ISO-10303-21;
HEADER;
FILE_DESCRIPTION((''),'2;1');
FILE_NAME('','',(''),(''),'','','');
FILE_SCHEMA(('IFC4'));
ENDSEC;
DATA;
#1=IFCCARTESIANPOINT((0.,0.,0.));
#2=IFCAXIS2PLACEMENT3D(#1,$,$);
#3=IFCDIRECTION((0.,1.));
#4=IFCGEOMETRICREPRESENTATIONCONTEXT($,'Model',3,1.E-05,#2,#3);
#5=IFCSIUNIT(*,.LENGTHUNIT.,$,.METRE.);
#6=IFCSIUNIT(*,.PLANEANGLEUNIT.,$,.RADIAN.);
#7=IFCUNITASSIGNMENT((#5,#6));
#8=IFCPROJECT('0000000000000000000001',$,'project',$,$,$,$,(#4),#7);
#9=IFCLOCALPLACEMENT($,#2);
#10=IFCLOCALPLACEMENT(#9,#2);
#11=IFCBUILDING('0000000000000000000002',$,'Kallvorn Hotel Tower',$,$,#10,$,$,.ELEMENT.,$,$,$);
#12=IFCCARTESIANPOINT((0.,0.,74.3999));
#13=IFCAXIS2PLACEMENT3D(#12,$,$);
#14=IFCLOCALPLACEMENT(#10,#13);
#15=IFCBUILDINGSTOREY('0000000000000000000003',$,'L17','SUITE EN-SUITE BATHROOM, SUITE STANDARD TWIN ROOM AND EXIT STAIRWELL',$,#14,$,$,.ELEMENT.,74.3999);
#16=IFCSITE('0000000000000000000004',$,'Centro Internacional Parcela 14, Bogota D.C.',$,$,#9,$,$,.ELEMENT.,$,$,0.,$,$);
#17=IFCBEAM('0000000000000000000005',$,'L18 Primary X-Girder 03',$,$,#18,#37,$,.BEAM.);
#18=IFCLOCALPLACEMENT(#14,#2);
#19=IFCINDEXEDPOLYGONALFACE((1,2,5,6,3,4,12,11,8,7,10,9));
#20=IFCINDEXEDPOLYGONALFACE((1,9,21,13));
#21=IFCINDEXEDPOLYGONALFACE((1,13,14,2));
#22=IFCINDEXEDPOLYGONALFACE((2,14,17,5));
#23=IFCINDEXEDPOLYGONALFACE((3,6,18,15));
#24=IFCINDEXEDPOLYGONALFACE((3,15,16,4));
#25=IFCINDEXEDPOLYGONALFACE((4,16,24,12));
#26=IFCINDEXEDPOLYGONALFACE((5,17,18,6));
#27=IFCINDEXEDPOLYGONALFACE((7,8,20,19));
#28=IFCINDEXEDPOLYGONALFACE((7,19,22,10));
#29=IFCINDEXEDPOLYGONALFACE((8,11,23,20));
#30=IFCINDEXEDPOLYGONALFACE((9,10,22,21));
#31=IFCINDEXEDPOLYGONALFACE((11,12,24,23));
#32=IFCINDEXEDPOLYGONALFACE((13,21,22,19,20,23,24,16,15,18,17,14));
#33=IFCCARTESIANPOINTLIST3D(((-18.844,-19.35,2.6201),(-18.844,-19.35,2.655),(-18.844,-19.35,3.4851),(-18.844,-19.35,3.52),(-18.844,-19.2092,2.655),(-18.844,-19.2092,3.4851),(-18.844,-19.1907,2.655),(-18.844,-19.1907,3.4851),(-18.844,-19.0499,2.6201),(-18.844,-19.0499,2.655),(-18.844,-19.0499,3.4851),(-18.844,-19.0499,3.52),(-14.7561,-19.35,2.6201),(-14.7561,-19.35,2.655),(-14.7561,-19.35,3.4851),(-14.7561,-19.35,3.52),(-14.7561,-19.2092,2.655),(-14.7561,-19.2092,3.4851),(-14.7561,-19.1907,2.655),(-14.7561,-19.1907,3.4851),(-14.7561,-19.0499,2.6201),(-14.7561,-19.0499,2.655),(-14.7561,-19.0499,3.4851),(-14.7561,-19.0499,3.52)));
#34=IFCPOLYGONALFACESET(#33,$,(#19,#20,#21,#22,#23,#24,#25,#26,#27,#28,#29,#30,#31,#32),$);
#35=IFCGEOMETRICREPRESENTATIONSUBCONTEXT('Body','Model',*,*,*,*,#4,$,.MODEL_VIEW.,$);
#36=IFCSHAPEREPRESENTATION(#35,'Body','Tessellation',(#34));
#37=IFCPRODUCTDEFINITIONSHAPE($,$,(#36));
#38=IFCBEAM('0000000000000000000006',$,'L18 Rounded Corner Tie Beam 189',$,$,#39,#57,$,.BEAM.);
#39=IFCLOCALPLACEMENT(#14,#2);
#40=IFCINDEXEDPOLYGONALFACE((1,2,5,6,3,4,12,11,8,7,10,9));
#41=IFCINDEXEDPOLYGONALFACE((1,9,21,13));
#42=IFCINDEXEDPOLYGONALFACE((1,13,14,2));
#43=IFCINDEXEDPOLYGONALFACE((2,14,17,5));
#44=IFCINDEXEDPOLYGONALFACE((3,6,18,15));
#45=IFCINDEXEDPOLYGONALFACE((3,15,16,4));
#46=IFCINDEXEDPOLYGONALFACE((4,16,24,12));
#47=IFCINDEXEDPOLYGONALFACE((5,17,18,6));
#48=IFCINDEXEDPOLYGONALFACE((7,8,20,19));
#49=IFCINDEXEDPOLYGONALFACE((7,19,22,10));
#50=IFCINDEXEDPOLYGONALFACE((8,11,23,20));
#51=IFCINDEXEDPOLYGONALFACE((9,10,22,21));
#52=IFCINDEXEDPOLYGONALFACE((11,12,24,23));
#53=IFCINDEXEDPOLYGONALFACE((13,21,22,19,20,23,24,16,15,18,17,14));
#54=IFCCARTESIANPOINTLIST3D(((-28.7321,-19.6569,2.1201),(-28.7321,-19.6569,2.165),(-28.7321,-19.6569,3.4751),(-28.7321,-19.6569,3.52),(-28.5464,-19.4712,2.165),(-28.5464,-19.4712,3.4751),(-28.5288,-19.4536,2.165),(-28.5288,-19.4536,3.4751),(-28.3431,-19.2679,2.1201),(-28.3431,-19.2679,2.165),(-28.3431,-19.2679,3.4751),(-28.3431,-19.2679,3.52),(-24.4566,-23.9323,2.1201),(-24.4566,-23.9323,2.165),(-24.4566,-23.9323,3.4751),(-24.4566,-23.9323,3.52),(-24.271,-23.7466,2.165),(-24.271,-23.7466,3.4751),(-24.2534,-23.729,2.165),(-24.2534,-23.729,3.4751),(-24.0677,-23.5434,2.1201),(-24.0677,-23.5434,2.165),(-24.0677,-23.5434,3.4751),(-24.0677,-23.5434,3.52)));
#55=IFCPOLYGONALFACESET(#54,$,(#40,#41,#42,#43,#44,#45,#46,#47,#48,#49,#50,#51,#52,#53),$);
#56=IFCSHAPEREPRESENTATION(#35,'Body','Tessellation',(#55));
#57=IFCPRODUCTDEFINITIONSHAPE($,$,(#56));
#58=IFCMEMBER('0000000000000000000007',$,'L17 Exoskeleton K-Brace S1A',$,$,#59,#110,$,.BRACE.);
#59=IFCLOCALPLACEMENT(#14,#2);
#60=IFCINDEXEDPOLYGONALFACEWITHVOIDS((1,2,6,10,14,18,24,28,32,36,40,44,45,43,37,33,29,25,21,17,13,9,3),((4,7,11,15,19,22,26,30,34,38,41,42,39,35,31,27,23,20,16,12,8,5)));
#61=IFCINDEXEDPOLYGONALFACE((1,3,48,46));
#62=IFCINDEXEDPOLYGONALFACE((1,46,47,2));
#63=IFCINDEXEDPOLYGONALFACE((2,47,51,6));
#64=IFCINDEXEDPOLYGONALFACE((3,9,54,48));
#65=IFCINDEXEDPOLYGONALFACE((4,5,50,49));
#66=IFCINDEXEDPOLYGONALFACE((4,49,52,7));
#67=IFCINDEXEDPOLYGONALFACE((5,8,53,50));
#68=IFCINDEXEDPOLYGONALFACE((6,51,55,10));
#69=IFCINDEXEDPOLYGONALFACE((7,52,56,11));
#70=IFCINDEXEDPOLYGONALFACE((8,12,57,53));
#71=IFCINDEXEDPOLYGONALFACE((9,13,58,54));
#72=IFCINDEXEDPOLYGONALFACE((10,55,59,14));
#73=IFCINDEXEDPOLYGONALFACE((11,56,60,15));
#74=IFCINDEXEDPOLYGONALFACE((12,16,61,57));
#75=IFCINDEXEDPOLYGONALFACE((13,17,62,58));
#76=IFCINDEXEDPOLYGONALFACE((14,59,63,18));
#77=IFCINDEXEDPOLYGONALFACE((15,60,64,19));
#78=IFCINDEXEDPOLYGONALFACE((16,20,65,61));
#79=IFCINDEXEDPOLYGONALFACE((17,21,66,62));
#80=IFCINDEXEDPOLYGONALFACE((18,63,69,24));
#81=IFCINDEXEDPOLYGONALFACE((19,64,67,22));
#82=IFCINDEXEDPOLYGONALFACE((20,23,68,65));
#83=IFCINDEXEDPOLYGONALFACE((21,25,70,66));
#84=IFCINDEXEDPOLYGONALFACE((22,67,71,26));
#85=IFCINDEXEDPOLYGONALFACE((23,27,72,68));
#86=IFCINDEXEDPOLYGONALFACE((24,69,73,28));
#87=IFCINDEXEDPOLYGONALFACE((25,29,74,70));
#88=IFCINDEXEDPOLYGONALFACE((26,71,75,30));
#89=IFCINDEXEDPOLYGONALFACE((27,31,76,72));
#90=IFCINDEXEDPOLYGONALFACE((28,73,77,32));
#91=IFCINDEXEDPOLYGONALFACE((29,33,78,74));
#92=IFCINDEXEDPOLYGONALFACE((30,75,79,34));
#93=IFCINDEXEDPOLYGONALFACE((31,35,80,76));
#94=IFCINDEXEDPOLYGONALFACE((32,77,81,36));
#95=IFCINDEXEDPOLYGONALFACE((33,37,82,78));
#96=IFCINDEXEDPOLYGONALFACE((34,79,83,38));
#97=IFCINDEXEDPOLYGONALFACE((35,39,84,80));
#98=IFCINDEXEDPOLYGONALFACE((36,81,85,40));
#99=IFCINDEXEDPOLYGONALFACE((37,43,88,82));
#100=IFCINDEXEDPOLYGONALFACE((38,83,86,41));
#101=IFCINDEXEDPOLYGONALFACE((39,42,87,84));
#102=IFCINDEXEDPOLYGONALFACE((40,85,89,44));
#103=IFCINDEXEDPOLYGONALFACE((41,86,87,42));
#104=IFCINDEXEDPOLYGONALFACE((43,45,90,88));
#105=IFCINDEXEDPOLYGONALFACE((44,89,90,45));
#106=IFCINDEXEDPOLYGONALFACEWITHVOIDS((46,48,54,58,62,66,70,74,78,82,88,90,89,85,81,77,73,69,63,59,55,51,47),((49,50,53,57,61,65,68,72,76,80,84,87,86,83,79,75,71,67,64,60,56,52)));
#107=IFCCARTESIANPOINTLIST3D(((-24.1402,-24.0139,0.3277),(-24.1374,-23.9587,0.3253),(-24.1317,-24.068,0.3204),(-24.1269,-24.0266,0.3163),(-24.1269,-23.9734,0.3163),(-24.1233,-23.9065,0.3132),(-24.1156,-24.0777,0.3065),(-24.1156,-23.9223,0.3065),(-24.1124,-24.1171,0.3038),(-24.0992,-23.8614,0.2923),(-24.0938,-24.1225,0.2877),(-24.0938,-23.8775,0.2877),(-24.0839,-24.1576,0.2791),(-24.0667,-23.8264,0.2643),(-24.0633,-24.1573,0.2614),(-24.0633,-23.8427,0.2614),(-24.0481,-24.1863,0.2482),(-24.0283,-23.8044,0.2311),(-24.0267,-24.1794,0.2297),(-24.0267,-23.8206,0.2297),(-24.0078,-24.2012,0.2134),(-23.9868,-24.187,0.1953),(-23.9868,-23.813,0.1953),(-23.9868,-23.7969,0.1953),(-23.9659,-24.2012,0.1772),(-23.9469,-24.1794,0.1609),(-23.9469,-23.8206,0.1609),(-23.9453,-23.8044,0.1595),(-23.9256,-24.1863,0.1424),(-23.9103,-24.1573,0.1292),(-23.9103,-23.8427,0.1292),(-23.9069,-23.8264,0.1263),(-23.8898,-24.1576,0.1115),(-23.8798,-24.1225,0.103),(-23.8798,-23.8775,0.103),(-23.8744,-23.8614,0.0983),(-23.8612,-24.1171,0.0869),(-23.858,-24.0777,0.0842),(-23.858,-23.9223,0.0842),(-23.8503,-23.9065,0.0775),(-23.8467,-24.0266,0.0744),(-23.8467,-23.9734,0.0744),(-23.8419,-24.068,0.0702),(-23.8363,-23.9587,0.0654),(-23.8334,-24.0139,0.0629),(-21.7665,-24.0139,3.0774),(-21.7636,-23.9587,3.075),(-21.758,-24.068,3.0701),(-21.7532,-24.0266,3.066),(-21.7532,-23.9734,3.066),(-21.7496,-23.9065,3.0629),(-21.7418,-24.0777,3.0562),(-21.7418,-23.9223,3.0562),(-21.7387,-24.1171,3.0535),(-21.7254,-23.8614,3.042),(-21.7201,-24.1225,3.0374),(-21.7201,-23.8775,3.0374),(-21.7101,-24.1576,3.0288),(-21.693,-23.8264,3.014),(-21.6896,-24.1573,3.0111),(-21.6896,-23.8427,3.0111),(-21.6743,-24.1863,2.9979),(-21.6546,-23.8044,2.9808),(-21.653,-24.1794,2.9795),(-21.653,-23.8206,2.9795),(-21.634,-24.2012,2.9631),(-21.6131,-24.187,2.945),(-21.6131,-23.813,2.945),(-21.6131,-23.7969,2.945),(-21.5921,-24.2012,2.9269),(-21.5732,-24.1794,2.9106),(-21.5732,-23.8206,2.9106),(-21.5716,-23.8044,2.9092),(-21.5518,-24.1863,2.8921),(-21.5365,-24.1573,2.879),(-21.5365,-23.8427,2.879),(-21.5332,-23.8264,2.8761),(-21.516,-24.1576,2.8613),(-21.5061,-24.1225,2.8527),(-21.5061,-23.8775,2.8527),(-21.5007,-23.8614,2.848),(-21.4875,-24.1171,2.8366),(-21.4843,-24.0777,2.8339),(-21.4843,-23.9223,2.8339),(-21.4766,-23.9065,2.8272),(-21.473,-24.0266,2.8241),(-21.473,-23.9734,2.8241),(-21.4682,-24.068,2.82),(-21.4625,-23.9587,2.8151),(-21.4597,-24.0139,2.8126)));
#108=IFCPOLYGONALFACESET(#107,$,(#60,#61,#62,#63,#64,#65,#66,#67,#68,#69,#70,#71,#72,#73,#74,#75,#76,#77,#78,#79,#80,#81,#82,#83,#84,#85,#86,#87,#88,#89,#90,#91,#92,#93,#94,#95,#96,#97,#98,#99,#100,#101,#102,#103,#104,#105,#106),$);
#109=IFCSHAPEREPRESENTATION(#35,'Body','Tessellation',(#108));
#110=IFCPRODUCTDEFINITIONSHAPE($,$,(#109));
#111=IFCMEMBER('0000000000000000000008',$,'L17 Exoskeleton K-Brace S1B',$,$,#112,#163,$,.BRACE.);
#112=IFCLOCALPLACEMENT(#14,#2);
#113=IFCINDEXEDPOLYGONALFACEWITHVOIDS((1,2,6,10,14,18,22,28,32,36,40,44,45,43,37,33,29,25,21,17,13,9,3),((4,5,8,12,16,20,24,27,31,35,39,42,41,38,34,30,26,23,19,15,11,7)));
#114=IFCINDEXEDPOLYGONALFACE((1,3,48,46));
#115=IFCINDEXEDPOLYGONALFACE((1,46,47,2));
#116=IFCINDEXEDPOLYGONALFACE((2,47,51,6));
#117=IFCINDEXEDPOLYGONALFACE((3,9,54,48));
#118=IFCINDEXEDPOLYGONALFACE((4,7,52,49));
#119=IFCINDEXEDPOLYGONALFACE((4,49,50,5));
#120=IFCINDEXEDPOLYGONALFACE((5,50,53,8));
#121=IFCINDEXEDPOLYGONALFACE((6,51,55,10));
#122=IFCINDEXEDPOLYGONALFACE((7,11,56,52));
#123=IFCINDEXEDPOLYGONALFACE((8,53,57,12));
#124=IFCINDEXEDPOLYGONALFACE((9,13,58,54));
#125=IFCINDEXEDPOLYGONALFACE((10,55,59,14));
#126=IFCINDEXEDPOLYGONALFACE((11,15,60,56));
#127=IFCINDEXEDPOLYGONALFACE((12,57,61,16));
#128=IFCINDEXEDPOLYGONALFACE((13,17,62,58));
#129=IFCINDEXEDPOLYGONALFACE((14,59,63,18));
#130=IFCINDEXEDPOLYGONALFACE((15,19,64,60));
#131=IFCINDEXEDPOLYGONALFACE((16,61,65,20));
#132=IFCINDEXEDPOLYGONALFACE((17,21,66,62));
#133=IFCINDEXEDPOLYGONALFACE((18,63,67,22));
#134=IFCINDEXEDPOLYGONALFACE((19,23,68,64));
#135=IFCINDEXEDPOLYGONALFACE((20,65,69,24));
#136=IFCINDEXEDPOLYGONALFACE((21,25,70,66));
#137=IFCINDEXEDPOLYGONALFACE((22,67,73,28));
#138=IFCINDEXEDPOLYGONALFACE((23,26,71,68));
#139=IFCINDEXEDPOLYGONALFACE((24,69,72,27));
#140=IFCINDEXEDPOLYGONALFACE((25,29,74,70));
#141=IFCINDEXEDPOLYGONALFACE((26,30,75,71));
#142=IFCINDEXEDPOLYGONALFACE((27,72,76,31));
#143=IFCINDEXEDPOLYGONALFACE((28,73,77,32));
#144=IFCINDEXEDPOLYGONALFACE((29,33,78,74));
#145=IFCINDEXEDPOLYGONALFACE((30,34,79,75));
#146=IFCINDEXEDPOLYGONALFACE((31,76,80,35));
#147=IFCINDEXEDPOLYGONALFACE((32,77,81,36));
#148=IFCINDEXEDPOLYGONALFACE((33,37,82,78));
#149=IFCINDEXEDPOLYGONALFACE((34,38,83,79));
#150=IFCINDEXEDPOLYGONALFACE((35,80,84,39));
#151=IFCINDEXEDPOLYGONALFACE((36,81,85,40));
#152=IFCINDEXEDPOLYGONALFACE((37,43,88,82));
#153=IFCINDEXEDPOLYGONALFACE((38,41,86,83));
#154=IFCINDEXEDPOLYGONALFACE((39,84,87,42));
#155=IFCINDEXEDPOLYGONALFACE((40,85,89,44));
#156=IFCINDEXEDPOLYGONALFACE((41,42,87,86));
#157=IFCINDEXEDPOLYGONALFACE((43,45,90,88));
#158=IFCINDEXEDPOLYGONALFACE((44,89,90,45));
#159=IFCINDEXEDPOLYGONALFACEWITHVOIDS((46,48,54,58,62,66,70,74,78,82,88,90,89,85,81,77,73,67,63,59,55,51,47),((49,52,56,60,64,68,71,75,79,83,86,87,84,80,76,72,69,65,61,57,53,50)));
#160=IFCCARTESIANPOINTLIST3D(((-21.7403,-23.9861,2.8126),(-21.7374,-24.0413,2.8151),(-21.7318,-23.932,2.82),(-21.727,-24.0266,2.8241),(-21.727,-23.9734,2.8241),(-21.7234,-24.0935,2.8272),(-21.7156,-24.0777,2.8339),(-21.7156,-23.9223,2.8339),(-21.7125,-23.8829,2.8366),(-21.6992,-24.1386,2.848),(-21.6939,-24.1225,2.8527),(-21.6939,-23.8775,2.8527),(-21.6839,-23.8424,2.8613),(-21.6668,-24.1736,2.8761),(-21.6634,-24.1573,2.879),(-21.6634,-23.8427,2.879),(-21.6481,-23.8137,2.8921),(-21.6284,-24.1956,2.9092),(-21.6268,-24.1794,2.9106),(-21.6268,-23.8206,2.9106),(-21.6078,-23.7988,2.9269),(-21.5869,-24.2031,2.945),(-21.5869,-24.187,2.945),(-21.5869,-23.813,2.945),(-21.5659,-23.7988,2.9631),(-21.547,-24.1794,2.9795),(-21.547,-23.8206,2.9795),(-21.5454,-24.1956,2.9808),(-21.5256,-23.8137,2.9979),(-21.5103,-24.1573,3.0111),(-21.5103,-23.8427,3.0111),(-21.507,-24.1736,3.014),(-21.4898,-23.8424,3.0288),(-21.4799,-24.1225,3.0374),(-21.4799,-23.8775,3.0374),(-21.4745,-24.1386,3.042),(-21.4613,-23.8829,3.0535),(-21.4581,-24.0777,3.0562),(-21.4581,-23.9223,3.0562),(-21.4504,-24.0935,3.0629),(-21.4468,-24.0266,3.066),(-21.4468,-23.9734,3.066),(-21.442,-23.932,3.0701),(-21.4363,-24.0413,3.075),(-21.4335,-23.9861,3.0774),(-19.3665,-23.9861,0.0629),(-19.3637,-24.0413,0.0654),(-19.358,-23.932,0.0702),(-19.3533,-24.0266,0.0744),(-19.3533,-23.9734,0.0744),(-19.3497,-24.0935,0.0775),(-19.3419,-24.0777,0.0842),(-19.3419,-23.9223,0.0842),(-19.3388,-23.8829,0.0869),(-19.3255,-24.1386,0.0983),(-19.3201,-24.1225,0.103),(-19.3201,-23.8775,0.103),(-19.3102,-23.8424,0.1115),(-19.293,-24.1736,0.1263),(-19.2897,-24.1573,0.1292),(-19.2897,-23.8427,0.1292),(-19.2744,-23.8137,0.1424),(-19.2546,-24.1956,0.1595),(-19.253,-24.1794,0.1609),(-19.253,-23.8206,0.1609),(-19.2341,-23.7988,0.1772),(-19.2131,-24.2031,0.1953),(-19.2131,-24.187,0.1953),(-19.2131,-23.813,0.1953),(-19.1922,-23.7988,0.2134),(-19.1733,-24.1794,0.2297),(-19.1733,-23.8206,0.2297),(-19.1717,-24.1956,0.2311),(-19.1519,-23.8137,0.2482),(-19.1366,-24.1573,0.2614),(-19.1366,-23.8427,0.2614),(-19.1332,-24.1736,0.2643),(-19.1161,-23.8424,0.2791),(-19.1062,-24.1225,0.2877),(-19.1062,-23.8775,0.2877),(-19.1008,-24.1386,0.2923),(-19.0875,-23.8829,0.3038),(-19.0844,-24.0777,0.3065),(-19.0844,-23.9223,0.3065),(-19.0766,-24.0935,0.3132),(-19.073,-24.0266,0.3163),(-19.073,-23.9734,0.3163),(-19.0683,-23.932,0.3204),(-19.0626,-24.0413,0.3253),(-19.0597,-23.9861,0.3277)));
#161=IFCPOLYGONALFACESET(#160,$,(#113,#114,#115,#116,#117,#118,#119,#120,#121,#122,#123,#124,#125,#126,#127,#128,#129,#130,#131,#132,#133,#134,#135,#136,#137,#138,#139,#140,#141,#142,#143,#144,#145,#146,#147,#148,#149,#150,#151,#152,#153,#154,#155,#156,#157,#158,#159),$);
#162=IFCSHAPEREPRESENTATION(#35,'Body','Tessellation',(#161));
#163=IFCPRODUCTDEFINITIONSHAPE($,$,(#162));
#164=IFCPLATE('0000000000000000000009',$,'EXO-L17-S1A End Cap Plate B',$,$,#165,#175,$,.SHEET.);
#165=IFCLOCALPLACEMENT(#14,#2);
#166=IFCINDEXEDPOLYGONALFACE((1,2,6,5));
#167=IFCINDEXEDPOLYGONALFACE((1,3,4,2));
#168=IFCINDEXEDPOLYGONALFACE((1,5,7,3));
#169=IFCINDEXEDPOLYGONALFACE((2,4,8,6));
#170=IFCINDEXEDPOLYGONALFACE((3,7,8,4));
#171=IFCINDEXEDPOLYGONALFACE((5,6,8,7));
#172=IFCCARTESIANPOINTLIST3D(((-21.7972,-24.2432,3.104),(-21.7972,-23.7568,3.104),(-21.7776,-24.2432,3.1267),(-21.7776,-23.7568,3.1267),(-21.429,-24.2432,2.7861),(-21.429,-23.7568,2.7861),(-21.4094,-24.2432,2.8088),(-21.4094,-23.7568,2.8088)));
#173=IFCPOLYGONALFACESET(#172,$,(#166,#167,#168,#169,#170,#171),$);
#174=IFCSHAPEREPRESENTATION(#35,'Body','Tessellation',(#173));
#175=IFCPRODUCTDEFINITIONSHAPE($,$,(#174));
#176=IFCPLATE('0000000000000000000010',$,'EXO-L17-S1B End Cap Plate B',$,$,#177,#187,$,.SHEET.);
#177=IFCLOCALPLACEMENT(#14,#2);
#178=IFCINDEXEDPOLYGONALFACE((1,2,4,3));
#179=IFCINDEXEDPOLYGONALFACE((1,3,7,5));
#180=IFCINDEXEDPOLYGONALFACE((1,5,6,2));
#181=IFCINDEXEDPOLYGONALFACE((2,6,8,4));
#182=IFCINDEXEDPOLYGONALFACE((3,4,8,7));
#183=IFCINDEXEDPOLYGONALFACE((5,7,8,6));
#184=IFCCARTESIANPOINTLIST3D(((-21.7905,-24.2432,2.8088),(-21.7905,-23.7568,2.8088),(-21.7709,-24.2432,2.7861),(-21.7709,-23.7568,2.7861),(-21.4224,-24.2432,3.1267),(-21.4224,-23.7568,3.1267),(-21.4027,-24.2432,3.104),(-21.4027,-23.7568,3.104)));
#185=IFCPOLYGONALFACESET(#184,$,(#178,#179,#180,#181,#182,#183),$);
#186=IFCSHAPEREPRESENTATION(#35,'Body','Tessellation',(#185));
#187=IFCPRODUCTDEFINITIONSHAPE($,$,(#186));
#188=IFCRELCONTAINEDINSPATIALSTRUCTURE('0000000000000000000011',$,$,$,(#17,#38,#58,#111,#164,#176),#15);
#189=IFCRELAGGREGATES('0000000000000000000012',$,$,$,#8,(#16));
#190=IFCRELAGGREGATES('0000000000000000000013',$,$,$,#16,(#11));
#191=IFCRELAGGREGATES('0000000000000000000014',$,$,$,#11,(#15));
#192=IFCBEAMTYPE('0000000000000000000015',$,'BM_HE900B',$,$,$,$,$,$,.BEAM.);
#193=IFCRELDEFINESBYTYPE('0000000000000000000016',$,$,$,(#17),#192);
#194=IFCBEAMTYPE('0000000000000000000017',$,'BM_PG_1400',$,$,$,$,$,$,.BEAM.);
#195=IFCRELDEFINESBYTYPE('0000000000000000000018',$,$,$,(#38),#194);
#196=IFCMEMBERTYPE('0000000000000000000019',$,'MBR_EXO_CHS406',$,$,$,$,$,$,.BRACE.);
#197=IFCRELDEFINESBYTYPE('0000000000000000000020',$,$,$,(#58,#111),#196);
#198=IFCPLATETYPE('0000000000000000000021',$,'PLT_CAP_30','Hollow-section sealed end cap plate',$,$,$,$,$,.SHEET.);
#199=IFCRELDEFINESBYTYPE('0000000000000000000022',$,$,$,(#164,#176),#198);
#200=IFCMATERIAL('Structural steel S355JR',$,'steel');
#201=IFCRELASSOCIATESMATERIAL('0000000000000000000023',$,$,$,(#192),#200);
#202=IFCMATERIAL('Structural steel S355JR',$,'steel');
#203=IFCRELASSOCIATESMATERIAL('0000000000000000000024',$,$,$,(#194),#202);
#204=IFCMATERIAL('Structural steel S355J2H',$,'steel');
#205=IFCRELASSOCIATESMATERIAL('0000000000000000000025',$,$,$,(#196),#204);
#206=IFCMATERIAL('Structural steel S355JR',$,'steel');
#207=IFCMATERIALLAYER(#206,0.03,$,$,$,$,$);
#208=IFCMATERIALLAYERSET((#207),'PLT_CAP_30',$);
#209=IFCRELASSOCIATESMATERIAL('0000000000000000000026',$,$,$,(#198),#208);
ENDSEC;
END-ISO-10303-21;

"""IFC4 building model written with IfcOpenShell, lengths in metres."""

from ifc_helpers import new_model, si_unit, direction, frame, origin, origin_2d, place, context, subcontext, project, spatial, polyline, hollow_circle, i_section, outline, extrude, material, layer, layer_set, material_profile, profile_set, type_object, element, save


model = new_model("IFC4")

# Units and contexts
model_context = context("Model", 3, precision=1e-05, world=origin(), true_north=direction((0.0, 1.0)))
body_context = subcontext(model_context, "Body", "Model", "MODEL_VIEW")
ifc_project = project(units=[si_unit("LENGTHUNIT", "METRE"), si_unit("PLANEANGLEUNIT", "RADIAN")], contexts=[model_context])

# Site, building, storey
site_placement = place(None, origin())
site = spatial("IfcSite", under=ifc_project, at=site_placement, Name="Centro Internacional Parcela 14, Bogota D.C.", CompositionType="ELEMENT", RefElevation=0.0)
building_placement = place(site_placement, origin())
building = spatial("IfcBuilding", under=site, at=building_placement, Name="Kallvorn Hotel Tower", CompositionType="ELEMENT")
storey_placement = place(building_placement, frame((0.0, 0.0, 74.3999)))
storey = spatial("IfcBuildingStorey", under=building, at=storey_placement, Name="L17", Description="SUITE EN-SUITE BATHROOM, SUITE STANDARD TWIN ROOM AND EXIT STAIRWELL", CompositionType="ELEMENT", Elevation=74.3999)

# Beams
ifc_material_1 = material(Name="Structural steel S355JR", Category="steel")
ifc_material_profile_1 = material_profile(ifc_material_1, i_section(OverallWidth=0.3, OverallDepth=0.8999, WebThickness=0.0186, FlangeThickness=0.0349, at=origin_2d()), Name="HE 900 B")
ifc_profile_set_1 = profile_set([ifc_material_profile_1], Name="Structural steel S355JR")
beam_type_1 = type_object("IfcBeamType", Name="BM_HE900B", PredefinedType="BEAM", material=ifc_profile_set_1)
beam_1_placement = place(storey_placement, frame((-18.844, -19.2, 3.0701), z_axis=(1.0, 0.0, 0.0), x_axis=(0.0, 1.0, 0.0)))
element("IfcBeam", 1, at=beam_1_placement, inside=storey, type_object=beam_type_1, Name="L18 Primary X-Girder 03", PredefinedType="BEAM", context=body_context, shape_type="SweptSolid", body=[
    extrude(i_section(OverallWidth=0.3, OverallDepth=0.8999, WebThickness=0.0186, FlangeThickness=0.0349, at=origin_2d()), origin(), (0.0, 0.0, 1.0), 4.0879),
])
ifc_material_2 = material(Name="Structural steel S355JR", Category="steel")
ifc_material_profile_2 = material_profile(ifc_material_2, i_section(OverallWidth=0.55, OverallDepth=1.3999, WebThickness=0.0249, FlangeThickness=0.0449, at=origin_2d()), Name="PG 1400x550x25x45")
ifc_profile_set_2 = profile_set([ifc_material_profile_2], Name="Structural steel S355JR")
beam_type_2 = type_object("IfcBeamType", Name="BM_PG_1400", PredefinedType="BEAM", material=ifc_profile_set_2)
beam_2_placement = place(storey_placement, frame((-28.5376, -19.4624, 2.8201), z_axis=(0.707107, -0.707107, 0.0), x_axis=(0.707107, 0.707107, 0.0)))
element("IfcBeam", 2, at=beam_2_placement, inside=storey, type_object=beam_type_2, Name="L18 Rounded Corner Tie Beam 189", PredefinedType="BEAM", context=body_context, shape_type="SweptSolid", body=[
    extrude(i_section(OverallWidth=0.55, OverallDepth=1.3999, WebThickness=0.0249, FlangeThickness=0.0449, at=origin_2d()), origin(), (0.0, 0.0, 1.0), 6.0464),
])

# Members
ifc_material_3 = material(Name="Structural steel S355J2H", Category="steel")
ifc_material_profile_3 = material_profile(ifc_material_3, hollow_circle(Radius=0.2031, WallThickness=0.0161, at=origin_2d()), Name="CHS 406.4x16")
ifc_profile_set_3 = profile_set([ifc_material_profile_3], Name="Structural steel S355J2H")
member_type = type_object("IfcMemberType", Name="MBR_EXO_CHS406", PredefinedType="BRACE", material=ifc_profile_set_3)
for number, where, z_axis, x_axis, name in (
    (3, (-23.9868, -24.0, 0.1953), (0.653461, 0.0, 0.756961), (0.0, 1.0, 0.0), "L17 Exoskeleton K-Brace S1A"),
    (4, (-19.2131, -24.0, 0.1953), (-0.653461, 0.0, 0.756961), (0.0, -1.0, 0.0), "L17 Exoskeleton K-Brace S1B"),
):
    element("IfcMember", number, at=place(storey_placement, frame(where, z_axis=z_axis, x_axis=x_axis)), inside=storey, type_object=member_type, Name=name, PredefinedType="BRACE", context=body_context, shape_type="SweptSolid", body=[
        extrude(hollow_circle(Radius=0.2031, WallThickness=0.0161, at=origin_2d()), origin(), (0.0, 0.0, 1.0), 3.6326),
    ])

# Plates
ifc_material_4 = material(Name="Structural steel S355JR", Category="steel")
ifc_layer_1 = layer(ifc_material_4, 0.03)
ifc_layer_set_1 = layer_set([ifc_layer_1], Name="PLT_CAP_30")
plate_type_1 = type_object("IfcPlateType", Name="PLT_CAP_30", Description="Hollow-section sealed end cap plate", PredefinedType="SHEET", material=ifc_layer_set_1)
for number, where, z_axis, x_axis, name in (
    (5, (-21.4094, -24.2432, 2.8088), (0.653515, 0.0, 0.756913), (0.0, 1.0, 0.0), "EXO-L17-S1A End Cap Plate B"),
    (6, (-21.7905, -23.7568, 2.8088), (-0.653515, 0.0, 0.756913), (0.0, -1.0, 0.0), "EXO-L17-S1B End Cap Plate B"),
):
    element("IfcPlate", number, at=place(storey_placement, frame(where, z_axis=z_axis, x_axis=x_axis)), inside=storey, type_object=plate_type_1, Name=name, PredefinedType="SHEET", context=body_context, shape_type="SweptSolid", body=[
        extrude(outline(polyline([(0.0, 0.0), (0.4863, 0.0), (0.4863, 0.4864), (0.0, 0.4864), (0.0, 0.0)])), origin(), (0.0, 0.0, -1.0), 0.03),
    ])

save(model, "model.ifc")
